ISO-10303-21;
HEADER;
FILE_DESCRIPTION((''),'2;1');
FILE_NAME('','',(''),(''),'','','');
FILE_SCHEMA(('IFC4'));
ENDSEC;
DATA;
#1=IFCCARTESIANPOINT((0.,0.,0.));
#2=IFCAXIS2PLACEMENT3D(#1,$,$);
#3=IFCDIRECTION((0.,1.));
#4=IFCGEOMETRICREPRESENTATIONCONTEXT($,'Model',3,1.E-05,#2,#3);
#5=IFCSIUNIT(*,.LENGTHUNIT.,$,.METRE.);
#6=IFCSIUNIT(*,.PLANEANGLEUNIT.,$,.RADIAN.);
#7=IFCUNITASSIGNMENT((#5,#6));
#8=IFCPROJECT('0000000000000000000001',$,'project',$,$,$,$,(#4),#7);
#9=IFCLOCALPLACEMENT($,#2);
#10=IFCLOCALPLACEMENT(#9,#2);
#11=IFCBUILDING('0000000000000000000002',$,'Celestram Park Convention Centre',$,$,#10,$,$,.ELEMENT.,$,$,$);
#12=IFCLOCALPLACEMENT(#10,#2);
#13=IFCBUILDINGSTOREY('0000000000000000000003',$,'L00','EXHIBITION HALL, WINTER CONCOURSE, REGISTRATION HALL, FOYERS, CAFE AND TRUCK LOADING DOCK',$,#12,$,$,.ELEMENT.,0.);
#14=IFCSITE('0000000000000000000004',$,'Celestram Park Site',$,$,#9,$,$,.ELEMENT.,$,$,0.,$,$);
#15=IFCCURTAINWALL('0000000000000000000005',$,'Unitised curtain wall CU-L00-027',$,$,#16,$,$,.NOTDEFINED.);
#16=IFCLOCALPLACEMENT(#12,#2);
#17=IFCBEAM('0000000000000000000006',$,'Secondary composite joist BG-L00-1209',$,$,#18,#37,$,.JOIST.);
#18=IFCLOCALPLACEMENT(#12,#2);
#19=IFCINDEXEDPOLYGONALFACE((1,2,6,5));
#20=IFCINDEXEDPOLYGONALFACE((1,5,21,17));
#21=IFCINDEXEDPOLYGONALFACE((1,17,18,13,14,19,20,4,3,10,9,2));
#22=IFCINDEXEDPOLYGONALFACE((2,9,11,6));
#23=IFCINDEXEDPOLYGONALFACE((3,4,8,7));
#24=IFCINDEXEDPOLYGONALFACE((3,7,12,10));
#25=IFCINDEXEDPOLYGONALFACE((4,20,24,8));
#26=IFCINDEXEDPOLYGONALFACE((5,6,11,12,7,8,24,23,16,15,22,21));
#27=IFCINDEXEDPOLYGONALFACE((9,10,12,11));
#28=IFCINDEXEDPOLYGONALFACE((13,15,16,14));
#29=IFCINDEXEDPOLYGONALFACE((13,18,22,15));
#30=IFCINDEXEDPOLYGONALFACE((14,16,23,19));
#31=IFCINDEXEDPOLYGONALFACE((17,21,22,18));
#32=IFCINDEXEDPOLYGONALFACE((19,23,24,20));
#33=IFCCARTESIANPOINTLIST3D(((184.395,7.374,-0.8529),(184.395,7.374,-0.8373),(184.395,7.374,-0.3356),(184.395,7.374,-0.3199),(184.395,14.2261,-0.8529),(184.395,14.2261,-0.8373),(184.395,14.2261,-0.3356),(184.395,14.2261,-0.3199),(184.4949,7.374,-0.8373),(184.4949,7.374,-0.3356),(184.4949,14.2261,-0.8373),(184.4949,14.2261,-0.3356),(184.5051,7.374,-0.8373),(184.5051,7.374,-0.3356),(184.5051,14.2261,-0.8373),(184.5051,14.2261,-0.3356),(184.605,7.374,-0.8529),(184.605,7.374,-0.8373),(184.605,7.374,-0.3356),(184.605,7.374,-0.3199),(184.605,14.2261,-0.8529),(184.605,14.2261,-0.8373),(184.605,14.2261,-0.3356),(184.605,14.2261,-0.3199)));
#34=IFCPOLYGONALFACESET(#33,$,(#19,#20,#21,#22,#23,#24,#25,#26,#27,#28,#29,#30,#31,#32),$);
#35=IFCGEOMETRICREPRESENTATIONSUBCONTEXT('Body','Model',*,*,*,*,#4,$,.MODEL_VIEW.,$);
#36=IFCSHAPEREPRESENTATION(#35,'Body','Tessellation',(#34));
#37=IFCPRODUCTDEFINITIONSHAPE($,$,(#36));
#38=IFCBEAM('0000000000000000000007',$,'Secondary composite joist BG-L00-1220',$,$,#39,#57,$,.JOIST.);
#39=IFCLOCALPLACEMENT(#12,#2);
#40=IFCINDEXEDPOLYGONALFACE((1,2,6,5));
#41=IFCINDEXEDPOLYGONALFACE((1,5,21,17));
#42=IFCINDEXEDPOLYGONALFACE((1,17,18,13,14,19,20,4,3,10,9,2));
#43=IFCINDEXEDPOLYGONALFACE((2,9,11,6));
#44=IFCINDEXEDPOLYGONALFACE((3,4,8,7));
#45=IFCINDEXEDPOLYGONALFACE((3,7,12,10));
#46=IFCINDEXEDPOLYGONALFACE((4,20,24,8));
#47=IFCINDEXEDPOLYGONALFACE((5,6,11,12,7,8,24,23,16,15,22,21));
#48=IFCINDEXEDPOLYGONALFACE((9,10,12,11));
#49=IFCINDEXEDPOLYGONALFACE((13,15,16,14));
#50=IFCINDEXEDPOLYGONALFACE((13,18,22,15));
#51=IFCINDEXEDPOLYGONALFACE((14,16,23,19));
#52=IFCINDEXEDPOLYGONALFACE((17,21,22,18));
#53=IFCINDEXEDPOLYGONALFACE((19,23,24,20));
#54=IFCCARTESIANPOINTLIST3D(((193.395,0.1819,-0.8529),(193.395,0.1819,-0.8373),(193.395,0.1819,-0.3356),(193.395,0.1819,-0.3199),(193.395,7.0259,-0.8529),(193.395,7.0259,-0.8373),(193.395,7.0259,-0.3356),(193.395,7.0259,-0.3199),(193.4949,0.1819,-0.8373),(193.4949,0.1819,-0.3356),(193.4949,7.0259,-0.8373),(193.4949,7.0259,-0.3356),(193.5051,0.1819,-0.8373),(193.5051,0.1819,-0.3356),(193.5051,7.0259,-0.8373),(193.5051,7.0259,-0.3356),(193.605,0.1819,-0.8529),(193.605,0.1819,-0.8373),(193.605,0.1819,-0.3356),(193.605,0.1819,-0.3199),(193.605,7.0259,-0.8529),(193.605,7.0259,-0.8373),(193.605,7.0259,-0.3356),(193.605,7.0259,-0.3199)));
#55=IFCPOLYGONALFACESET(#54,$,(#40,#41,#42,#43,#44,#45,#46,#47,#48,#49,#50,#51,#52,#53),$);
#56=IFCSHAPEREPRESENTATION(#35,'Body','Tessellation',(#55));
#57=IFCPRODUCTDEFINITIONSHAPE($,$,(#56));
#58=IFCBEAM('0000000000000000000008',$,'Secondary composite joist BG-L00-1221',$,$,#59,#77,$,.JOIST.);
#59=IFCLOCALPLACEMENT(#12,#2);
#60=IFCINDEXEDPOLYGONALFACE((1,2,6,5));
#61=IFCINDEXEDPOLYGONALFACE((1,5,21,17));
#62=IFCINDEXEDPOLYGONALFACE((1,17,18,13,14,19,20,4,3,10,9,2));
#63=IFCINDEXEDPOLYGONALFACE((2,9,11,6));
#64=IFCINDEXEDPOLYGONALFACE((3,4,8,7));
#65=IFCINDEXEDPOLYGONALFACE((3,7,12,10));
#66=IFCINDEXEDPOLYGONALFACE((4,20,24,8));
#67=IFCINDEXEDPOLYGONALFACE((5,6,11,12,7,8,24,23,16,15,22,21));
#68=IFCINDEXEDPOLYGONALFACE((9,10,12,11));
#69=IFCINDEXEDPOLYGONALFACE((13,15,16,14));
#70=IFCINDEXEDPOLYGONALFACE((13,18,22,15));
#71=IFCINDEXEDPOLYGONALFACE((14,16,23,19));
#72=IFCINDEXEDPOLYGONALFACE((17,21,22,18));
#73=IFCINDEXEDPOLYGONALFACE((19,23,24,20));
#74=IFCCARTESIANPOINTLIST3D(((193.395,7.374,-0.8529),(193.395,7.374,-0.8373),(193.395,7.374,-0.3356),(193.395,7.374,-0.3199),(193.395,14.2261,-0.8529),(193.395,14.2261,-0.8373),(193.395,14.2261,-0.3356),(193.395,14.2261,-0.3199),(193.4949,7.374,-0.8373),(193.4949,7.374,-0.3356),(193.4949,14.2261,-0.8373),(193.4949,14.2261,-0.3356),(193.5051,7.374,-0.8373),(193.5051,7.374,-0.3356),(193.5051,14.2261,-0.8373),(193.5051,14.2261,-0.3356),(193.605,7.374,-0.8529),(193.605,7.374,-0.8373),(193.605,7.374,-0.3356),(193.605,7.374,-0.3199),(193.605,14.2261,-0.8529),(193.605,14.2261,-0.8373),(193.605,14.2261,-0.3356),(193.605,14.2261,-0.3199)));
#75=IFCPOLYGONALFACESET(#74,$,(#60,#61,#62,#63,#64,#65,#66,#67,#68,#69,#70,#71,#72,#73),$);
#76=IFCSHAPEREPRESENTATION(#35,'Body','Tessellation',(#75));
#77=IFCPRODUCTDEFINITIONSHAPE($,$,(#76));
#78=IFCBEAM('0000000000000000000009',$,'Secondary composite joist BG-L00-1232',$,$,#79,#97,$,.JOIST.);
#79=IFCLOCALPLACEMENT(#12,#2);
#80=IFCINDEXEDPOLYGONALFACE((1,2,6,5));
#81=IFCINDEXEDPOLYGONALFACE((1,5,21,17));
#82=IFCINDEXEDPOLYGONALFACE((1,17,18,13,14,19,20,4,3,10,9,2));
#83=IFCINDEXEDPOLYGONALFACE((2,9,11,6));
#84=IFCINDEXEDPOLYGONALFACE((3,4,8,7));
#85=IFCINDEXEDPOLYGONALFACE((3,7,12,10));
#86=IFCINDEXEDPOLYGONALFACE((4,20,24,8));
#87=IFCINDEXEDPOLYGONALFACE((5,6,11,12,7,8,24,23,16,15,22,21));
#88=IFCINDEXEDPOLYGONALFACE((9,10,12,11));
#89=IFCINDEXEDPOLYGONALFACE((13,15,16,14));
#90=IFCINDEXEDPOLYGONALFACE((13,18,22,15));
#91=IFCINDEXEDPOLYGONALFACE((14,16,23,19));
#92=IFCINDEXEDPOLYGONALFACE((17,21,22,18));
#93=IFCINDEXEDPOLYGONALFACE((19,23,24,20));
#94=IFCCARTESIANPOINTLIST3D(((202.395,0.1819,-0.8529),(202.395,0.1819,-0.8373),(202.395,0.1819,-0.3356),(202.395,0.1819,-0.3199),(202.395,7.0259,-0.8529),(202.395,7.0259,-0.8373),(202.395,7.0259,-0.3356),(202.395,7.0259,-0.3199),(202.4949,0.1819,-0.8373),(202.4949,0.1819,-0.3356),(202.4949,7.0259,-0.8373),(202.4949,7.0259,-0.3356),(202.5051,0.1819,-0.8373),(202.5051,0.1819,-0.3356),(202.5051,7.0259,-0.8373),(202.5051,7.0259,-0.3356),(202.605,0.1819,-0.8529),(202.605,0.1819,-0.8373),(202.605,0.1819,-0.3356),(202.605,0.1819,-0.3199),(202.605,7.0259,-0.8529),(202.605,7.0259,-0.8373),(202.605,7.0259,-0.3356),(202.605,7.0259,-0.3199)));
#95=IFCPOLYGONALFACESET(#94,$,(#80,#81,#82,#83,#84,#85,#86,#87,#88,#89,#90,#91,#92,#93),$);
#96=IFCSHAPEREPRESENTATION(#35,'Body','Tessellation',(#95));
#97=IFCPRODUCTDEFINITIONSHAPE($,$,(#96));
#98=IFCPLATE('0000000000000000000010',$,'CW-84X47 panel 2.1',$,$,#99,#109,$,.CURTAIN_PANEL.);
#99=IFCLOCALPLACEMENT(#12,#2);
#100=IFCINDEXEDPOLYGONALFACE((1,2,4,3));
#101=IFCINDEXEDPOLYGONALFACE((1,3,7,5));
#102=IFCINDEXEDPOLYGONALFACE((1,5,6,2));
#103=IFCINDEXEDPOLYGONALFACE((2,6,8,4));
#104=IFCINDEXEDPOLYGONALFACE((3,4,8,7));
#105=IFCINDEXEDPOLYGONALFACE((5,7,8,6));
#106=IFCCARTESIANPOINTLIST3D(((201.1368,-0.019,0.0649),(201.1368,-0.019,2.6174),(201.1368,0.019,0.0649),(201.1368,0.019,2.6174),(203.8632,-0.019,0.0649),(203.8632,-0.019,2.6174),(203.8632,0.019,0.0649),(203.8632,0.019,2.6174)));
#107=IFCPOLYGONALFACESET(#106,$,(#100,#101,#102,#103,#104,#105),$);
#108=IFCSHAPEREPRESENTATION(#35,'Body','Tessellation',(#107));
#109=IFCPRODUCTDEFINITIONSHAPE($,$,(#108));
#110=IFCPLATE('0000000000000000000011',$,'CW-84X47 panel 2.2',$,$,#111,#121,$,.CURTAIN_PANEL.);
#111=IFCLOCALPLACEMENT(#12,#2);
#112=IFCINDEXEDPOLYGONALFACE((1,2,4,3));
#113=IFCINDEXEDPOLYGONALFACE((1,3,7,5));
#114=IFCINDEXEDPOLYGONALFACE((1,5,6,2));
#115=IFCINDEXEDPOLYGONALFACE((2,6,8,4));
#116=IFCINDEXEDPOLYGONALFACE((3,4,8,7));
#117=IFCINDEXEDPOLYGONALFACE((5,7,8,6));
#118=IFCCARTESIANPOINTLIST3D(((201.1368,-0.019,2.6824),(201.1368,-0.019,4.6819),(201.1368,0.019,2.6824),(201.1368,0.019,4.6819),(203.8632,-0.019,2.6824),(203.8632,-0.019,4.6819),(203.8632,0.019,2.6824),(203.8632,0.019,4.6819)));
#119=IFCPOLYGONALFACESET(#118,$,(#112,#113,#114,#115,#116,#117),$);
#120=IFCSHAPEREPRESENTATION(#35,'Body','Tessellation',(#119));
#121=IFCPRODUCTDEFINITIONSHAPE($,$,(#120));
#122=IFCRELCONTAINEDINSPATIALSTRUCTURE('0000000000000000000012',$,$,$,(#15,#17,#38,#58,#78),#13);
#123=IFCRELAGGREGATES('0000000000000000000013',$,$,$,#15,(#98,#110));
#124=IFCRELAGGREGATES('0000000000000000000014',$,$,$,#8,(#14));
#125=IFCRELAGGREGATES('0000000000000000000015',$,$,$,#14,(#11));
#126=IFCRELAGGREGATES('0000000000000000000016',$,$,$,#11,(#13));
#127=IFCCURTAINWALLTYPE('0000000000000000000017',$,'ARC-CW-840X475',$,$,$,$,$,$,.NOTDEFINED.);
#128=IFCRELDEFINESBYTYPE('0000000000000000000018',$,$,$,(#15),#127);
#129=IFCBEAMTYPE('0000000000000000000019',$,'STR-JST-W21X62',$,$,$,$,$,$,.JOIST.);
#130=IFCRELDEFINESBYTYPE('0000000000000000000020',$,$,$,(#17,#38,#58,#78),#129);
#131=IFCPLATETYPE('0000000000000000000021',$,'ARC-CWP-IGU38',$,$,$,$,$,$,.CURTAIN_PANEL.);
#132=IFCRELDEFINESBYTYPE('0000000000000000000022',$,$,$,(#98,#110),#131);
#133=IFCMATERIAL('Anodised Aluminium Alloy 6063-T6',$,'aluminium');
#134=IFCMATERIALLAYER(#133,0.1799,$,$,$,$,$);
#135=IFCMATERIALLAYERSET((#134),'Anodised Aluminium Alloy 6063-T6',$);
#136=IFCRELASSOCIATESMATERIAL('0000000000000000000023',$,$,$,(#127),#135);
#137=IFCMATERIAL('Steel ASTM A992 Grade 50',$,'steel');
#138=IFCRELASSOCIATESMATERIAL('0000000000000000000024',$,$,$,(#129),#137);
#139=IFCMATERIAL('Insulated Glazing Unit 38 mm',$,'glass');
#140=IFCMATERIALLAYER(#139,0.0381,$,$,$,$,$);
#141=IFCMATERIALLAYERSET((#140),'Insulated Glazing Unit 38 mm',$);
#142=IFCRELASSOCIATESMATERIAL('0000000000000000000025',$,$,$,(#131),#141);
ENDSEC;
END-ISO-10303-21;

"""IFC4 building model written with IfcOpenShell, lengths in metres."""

from ifc_helpers import new_model, si_unit, direction, frame, origin, origin_2d, place, context, subcontext, project, spatial, rectangle, i_section, extrude, material, layer, layer_set, material_profile, profile_set, type_object, element, aggregate, save


model = new_model("IFC4")

# Units and contexts
model_context = context("Model", 3, precision=1e-05, world=origin(), true_north=direction((0.0, 1.0)))
body_context = subcontext(model_context, "Body", "Model", "MODEL_VIEW")
ifc_project = project(units=[si_unit("LENGTHUNIT", "METRE"), si_unit("PLANEANGLEUNIT", "RADIAN")], contexts=[model_context])

# Site, building, storey
site_placement = place(None, origin())
site = spatial("IfcSite", under=ifc_project, at=site_placement, Name="Celestram Park Site", CompositionType="ELEMENT", RefElevation=0.0)
building_placement = place(site_placement, origin())
building = spatial("IfcBuilding", under=site, at=building_placement, Name="Celestram Park Convention Centre", CompositionType="ELEMENT")
storey_placement = place(building_placement, origin())
storey = spatial("IfcBuildingStorey", under=building, at=storey_placement, Name="L00", Description="EXHIBITION HALL, WINTER CONCOURSE, REGISTRATION HALL, FOYERS, CAFE AND TRUCK LOADING DOCK", CompositionType="ELEMENT", Elevation=0.0)

# Curtain wall
ifc_material_1 = material(Name="Anodised Aluminium Alloy 6063-T6", Category="aluminium")
ifc_layer_1 = layer(ifc_material_1, 0.1799)
ifc_layer_set_1 = layer_set([ifc_layer_1], Name="Anodised Aluminium Alloy 6063-T6")
curtain_wall_type = type_object("IfcCurtainWallType", Name="ARC-CW-840X475", PredefinedType="NOTDEFINED", material=ifc_layer_set_1)
curtain_wall_placement = place(storey_placement, origin())
curtain_wall = element("IfcCurtainWall", 1, at=curtain_wall_placement, inside=storey, type_object=curtain_wall_type, Name="Unitised curtain wall CU-L00-027", PredefinedType="NOTDEFINED")

# Beams
ifc_material_2 = material(Name="Steel ASTM A992 Grade 50", Category="steel")
ifc_material_profile_1 = material_profile(ifc_material_2, i_section(OverallWidth=0.21, OverallDepth=0.533, WebThickness=0.0103, FlangeThickness=0.0156, at=origin_2d()), Name="W21X62")
ifc_profile_set_1 = profile_set([ifc_material_profile_1], Name="Steel ASTM A992 Grade 50")
beam_type_1 = type_object("IfcBeamType", Name="STR-JST-W21X62", PredefinedType="JOIST", material=ifc_profile_set_1)
beam_1_placement = place(storey_placement, frame((184.5, 7.374, -0.5864), z_axis=(0.0, 1.0, 0.0), x_axis=(-1.0, 0.0, 0.0)))
element("IfcBeam", 2, at=beam_1_placement, inside=storey, type_object=beam_type_1, Name="Secondary composite joist BG-L00-1209", PredefinedType="JOIST", context=body_context, shape_type="SweptSolid", body=[
    extrude(i_section(OverallWidth=0.21, OverallDepth=0.533, WebThickness=0.0103, FlangeThickness=0.0156, at=origin_2d()), origin(), (0.0, 0.0, 1.0), 6.8521),
])
beam_2_placement = place(storey_placement, frame((193.5, 0.1819, -0.5864), z_axis=(0.0, 1.0, 0.0), x_axis=(-1.0, 0.0, 0.0)))
element("IfcBeam", 3, at=beam_2_placement, inside=storey, type_object=beam_type_1, Name="Secondary composite joist BG-L00-1220", PredefinedType="JOIST", context=body_context, shape_type="SweptSolid", body=[
    extrude(i_section(OverallWidth=0.21, OverallDepth=0.533, WebThickness=0.0103, FlangeThickness=0.0156, at=origin_2d()), origin(), (0.0, 0.0, 1.0), 6.844),
])
beam_3_placement = place(storey_placement, frame((193.5, 7.374, -0.5864), z_axis=(0.0, 1.0, 0.0), x_axis=(-1.0, 0.0, 0.0)))
element("IfcBeam", 4, at=beam_3_placement, inside=storey, type_object=beam_type_1, Name="Secondary composite joist BG-L00-1221", PredefinedType="JOIST", context=body_context, shape_type="SweptSolid", body=[
    extrude(i_section(OverallWidth=0.21, OverallDepth=0.533, WebThickness=0.0103, FlangeThickness=0.0156, at=origin_2d()), origin(), (0.0, 0.0, 1.0), 6.8521),
])
beam_4_placement = place(storey_placement, frame((202.5, 0.1819, -0.5864), z_axis=(0.0, 1.0, 0.0), x_axis=(-1.0, 0.0, 0.0)))
element("IfcBeam", 5, at=beam_4_placement, inside=storey, type_object=beam_type_1, Name="Secondary composite joist BG-L00-1232", PredefinedType="JOIST", context=body_context, shape_type="SweptSolid", body=[
    extrude(i_section(OverallWidth=0.21, OverallDepth=0.533, WebThickness=0.0103, FlangeThickness=0.0156, at=origin_2d()), origin(), (0.0, 0.0, 1.0), 6.844),
])

# Plates
ifc_material_3 = material(Name="Insulated Glazing Unit 38 mm", Category="glass")
ifc_layer_2 = layer(ifc_material_3, 0.0381)
ifc_layer_set_2 = layer_set([ifc_layer_2], Name="Insulated Glazing Unit 38 mm")
plate_type = type_object("IfcPlateType", Name="ARC-CWP-IGU38", PredefinedType="CURTAIN_PANEL", material=ifc_layer_set_2)
plate_1_placement = place(storey_placement, frame((202.5, 0.0, 0.0649), z_axis=(0.0, 0.0, 1.0), x_axis=(-1.0, 0.0, 0.0)))
plate_1 = element("IfcPlate", 6, at=plate_1_placement, type_object=plate_type, Name="CW-84X47 panel 2.1", PredefinedType="CURTAIN_PANEL", context=body_context, shape_type="SweptSolid", body=[
    extrude(rectangle(XDim=2.7263, YDim=0.0381, at=origin_2d()), origin(), (0.0, 0.0, 1.0), 2.5525),
])
plate_2_placement = place(storey_placement, frame((202.5, 0.0, 2.6824), z_axis=(0.0, 0.0, 1.0), x_axis=(-1.0, 0.0, 0.0)))
plate_2 = element("IfcPlate", 7, at=plate_2_placement, type_object=plate_type, Name="CW-84X47 panel 2.2", PredefinedType="CURTAIN_PANEL", context=body_context, shape_type="SweptSolid", body=[
    extrude(rectangle(XDim=2.7263, YDim=0.0381, at=origin_2d()), origin(), (0.0, 0.0, 1.0), 1.9995),
])
aggregate(curtain_wall, [plate_1, plate_2])

save(model, "model.ifc")
